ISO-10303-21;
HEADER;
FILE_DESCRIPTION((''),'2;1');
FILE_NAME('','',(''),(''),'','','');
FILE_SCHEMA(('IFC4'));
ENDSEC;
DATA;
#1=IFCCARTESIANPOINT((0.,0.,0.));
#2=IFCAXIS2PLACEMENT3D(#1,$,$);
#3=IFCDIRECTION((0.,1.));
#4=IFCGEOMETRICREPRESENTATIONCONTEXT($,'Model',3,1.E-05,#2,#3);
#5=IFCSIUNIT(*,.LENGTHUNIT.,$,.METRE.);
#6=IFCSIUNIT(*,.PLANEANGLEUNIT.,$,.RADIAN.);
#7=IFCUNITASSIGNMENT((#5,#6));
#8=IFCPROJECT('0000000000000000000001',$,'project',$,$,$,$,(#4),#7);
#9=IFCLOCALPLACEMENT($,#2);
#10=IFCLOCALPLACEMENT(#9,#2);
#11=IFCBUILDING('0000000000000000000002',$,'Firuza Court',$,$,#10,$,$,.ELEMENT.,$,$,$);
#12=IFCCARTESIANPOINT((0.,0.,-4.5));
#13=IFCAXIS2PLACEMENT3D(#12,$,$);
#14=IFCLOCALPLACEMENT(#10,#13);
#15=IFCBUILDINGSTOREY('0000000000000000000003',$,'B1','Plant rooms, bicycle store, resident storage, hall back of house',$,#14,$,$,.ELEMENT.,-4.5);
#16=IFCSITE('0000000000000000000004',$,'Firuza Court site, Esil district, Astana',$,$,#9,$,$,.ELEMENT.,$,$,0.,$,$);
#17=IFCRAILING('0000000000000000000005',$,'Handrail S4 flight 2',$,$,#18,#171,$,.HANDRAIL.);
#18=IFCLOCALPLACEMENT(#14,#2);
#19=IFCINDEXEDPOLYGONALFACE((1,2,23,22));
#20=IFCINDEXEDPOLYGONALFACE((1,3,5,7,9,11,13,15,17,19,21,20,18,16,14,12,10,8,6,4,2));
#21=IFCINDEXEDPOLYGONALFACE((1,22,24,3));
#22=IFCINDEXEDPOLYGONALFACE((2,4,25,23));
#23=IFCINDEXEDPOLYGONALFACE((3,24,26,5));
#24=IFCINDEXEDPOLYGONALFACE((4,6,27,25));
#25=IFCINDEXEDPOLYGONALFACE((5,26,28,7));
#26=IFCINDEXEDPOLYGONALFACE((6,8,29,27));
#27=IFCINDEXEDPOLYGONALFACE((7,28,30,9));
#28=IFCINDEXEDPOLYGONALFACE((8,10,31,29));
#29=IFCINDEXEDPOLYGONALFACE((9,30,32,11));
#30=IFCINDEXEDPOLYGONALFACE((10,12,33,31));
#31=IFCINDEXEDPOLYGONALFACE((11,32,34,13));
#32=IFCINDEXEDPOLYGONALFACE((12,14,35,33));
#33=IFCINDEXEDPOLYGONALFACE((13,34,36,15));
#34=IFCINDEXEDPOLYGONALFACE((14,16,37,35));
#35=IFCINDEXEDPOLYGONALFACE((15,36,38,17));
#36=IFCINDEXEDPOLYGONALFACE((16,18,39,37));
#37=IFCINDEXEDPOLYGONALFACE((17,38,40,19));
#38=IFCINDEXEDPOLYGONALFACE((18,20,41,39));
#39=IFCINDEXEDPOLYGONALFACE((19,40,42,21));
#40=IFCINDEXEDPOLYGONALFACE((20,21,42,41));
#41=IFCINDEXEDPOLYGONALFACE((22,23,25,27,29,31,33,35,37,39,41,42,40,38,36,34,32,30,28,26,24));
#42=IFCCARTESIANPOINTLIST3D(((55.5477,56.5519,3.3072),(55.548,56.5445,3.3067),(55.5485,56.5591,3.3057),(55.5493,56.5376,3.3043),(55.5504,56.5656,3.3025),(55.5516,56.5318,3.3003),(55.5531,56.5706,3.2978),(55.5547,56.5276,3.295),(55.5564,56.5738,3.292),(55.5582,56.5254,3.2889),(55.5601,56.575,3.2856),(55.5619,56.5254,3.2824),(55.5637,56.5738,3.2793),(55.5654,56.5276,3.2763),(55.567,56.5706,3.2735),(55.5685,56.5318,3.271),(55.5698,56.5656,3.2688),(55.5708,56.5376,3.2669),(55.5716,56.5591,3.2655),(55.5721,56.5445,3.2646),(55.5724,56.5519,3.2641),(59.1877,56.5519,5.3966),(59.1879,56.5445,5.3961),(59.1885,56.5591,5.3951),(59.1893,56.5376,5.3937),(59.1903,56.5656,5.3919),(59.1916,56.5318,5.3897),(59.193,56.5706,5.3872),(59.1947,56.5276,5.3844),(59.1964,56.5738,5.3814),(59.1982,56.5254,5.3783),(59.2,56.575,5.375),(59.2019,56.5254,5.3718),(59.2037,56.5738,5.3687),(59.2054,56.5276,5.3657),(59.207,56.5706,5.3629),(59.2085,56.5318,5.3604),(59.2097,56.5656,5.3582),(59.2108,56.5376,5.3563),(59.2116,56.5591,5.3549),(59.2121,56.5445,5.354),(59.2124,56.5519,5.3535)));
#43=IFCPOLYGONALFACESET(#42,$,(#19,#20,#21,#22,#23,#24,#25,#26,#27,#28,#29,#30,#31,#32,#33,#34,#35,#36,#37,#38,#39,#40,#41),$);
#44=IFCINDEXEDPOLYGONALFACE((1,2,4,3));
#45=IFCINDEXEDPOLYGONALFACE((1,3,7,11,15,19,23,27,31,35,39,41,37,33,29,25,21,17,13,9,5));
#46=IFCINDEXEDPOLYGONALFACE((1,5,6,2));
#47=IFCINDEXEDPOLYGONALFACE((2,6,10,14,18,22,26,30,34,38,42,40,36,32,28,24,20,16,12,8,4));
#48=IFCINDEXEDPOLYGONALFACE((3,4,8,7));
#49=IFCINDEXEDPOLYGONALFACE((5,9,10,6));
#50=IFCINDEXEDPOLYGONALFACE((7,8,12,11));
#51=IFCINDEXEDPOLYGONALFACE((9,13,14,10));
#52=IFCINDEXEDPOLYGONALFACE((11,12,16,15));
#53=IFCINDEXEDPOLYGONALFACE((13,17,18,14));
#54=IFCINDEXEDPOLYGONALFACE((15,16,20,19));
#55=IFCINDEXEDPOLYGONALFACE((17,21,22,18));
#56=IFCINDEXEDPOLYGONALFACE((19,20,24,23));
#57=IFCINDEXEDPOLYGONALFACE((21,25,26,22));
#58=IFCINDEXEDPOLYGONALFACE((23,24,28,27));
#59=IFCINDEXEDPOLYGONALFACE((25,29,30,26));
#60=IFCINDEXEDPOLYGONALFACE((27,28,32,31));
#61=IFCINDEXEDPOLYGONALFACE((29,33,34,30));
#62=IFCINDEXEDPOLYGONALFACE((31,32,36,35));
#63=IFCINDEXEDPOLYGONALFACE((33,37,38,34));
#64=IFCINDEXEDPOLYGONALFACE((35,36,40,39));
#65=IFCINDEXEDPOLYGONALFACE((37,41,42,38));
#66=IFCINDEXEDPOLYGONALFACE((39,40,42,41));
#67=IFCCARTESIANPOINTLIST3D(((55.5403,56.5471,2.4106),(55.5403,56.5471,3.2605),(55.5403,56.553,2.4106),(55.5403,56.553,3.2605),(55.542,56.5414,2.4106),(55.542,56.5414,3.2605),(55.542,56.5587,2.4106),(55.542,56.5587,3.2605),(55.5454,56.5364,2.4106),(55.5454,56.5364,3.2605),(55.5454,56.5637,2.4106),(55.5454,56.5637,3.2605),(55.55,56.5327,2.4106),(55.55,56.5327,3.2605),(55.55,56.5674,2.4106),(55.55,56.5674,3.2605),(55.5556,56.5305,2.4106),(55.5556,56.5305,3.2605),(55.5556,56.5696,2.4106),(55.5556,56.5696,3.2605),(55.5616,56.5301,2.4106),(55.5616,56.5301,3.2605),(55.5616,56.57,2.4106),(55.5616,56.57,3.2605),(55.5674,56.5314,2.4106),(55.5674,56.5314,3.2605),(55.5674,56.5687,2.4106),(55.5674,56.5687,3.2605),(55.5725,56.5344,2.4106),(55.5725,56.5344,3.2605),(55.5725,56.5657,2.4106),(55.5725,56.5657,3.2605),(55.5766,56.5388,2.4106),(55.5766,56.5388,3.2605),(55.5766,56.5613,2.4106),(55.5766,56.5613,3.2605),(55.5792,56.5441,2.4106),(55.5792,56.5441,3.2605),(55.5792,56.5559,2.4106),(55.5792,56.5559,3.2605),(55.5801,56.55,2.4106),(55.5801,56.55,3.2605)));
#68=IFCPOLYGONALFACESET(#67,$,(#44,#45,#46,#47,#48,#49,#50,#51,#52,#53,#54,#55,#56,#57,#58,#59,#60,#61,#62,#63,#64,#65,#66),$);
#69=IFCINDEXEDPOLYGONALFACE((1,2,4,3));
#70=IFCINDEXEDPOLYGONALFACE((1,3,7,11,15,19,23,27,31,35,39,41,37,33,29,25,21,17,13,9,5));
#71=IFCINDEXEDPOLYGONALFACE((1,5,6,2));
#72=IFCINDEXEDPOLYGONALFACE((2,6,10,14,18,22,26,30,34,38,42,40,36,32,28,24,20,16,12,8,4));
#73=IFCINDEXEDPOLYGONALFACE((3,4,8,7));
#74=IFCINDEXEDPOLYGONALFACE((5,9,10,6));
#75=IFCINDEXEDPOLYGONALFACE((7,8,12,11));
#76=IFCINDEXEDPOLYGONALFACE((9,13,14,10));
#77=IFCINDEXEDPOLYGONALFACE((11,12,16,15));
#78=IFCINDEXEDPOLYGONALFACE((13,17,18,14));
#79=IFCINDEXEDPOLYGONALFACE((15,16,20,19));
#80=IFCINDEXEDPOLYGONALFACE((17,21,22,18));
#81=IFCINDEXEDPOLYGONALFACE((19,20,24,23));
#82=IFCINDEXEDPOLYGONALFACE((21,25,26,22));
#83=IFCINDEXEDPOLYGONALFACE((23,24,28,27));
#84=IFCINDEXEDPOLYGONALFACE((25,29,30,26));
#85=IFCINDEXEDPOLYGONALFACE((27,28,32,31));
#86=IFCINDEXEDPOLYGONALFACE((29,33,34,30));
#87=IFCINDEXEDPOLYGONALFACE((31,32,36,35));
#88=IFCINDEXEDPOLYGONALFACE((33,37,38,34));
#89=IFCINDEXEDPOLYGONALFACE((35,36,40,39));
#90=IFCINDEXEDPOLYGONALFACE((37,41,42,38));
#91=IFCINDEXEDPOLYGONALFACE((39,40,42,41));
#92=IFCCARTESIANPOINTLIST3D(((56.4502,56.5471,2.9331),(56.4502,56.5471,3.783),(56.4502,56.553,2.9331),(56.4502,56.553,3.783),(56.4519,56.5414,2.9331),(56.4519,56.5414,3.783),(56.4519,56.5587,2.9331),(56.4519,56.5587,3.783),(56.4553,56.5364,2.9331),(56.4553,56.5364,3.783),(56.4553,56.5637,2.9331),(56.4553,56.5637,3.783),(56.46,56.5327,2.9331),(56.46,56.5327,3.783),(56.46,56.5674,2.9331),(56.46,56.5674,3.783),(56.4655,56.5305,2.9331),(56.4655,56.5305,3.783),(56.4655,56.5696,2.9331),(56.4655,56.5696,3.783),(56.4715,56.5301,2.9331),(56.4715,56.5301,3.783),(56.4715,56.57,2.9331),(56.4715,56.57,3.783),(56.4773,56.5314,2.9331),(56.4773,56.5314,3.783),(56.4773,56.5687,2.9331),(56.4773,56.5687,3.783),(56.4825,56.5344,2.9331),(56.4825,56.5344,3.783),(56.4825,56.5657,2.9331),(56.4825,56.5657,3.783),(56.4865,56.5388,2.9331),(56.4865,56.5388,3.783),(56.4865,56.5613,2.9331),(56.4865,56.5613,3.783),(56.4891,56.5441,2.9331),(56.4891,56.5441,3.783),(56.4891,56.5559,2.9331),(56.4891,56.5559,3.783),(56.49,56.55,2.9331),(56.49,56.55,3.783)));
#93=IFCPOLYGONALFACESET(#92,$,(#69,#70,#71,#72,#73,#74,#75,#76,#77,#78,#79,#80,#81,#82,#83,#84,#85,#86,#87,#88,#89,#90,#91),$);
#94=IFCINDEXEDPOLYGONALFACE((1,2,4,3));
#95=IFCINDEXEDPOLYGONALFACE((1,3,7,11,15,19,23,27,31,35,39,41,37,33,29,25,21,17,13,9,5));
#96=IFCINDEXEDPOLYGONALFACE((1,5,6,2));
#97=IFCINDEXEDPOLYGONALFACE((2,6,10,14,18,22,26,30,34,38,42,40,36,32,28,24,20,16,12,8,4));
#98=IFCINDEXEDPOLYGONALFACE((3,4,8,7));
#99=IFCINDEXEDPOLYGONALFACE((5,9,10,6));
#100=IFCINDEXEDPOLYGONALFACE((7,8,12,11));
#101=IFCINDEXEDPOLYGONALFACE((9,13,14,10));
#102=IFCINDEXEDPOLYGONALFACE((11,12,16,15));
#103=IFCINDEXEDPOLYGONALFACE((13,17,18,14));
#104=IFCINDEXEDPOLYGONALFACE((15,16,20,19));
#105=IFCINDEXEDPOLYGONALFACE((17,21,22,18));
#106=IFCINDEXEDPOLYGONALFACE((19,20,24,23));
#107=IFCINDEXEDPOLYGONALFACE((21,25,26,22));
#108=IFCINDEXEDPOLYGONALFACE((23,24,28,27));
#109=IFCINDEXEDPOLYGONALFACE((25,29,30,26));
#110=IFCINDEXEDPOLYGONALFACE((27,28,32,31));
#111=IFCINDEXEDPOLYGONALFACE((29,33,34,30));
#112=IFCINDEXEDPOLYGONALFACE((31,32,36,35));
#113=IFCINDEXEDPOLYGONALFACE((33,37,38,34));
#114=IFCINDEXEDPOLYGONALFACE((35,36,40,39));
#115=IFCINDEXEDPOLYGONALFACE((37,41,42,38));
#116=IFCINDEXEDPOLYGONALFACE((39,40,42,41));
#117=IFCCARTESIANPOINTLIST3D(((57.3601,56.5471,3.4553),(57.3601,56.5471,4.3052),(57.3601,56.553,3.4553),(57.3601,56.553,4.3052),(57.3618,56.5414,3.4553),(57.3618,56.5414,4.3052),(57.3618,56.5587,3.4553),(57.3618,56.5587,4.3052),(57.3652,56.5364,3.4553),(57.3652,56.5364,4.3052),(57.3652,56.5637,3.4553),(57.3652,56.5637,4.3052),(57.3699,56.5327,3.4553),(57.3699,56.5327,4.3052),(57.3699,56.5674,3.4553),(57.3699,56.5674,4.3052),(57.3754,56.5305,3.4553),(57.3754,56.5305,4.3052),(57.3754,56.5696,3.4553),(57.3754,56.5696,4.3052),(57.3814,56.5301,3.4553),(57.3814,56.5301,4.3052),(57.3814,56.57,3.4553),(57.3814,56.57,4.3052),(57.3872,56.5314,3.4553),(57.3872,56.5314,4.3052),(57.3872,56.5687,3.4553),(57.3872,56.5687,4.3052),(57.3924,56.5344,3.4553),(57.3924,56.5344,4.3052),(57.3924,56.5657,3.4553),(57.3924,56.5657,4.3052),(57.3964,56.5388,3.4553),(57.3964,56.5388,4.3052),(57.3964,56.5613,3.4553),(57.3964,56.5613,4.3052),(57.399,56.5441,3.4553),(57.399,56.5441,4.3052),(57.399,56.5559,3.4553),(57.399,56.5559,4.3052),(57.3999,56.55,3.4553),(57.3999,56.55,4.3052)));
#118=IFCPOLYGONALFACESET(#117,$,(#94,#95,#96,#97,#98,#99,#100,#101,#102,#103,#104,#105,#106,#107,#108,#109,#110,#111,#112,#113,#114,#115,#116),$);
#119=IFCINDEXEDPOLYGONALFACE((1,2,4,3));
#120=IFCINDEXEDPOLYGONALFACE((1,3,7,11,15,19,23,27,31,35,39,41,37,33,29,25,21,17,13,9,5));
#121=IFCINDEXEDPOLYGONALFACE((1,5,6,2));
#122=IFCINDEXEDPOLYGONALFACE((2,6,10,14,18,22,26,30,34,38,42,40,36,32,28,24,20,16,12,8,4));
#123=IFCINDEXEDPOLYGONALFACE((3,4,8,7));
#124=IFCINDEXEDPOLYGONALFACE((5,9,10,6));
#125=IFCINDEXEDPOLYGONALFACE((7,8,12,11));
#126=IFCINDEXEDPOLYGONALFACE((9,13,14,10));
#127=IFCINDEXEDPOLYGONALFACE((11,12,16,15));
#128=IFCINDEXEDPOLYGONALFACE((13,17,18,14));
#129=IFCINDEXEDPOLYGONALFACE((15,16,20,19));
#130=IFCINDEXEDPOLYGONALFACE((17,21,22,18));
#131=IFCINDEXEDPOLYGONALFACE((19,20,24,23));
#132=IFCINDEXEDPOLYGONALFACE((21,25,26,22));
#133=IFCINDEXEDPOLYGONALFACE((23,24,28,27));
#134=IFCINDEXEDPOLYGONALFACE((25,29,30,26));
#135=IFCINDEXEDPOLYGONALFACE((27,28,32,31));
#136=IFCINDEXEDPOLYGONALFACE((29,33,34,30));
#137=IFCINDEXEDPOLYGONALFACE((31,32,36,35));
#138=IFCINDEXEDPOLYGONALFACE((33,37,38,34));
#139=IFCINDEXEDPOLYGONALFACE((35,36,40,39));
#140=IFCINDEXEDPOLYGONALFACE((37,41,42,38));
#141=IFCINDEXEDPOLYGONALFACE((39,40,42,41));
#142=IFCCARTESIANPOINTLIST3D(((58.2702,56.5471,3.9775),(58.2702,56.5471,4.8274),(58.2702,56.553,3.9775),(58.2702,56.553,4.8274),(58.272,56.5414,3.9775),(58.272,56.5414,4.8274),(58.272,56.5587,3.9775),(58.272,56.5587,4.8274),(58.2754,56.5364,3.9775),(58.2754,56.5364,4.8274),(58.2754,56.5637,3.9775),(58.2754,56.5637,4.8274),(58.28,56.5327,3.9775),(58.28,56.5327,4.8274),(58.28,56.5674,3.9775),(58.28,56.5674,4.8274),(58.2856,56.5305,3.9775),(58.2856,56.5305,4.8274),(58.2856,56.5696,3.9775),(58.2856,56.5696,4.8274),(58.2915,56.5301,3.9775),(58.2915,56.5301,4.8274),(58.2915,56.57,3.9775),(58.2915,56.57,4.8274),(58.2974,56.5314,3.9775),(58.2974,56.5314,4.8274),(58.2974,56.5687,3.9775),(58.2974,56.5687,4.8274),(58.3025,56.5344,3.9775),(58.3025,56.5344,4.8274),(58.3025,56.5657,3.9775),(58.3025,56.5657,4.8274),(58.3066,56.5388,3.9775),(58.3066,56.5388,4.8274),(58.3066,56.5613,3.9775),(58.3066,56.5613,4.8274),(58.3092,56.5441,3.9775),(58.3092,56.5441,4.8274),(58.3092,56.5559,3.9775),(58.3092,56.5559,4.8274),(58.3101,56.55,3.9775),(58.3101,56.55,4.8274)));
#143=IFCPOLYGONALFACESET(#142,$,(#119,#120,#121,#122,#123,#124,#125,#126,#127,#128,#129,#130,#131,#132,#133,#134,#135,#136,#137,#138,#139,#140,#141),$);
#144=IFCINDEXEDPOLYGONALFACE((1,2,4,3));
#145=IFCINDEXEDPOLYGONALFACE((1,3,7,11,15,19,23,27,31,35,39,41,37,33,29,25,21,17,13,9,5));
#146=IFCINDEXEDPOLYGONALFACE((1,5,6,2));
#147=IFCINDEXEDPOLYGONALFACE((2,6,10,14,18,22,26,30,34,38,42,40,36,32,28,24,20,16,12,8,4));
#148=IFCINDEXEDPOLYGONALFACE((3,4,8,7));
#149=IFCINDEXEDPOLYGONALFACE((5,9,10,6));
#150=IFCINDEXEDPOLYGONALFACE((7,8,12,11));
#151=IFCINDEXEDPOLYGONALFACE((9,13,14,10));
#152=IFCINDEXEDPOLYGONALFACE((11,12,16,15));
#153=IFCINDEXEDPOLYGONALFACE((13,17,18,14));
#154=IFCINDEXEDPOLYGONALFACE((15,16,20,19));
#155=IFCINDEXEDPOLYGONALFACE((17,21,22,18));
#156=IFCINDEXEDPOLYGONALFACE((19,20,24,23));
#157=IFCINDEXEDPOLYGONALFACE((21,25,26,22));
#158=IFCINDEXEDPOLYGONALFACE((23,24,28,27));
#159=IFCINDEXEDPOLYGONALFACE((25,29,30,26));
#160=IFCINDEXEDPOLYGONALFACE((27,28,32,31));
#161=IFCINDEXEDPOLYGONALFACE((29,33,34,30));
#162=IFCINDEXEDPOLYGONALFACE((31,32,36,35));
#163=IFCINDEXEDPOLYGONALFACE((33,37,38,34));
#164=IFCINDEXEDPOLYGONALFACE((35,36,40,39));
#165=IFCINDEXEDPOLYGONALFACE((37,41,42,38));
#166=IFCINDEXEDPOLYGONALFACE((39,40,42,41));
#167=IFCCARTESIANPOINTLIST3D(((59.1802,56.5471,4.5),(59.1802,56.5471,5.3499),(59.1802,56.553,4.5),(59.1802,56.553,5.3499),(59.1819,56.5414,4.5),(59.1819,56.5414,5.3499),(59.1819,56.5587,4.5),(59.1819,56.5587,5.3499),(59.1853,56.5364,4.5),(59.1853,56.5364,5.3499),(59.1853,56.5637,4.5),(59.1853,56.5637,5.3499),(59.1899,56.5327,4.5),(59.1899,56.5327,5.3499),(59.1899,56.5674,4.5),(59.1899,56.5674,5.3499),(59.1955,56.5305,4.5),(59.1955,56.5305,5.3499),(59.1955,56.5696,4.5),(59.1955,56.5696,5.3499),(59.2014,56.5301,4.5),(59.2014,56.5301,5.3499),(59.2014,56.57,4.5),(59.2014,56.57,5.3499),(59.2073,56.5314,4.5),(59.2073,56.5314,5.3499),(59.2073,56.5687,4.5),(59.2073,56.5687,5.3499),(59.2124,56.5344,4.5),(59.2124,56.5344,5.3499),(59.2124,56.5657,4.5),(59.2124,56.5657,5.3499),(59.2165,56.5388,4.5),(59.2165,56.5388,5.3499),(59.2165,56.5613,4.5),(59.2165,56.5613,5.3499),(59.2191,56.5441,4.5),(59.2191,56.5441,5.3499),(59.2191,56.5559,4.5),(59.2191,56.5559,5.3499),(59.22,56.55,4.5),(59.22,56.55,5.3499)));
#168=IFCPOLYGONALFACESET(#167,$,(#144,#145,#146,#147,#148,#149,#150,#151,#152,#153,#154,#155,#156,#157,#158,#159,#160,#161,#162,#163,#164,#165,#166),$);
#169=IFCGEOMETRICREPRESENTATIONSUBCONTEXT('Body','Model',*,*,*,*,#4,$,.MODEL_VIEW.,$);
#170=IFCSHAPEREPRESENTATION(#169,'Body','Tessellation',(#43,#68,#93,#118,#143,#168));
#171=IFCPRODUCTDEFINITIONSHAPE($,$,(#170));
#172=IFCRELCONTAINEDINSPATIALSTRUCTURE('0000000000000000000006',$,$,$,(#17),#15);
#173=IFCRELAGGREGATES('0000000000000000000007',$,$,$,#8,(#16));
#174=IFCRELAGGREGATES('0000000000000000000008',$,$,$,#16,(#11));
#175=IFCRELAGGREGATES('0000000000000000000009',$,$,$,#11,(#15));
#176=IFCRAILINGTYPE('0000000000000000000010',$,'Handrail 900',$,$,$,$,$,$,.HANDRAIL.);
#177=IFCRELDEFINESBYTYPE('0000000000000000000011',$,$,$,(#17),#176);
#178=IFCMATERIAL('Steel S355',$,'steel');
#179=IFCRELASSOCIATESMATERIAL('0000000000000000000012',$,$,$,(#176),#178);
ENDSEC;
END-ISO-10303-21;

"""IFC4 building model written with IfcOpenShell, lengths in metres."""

from ifc_helpers import new_model, si_unit, direction, frame, origin, origin_2d, place, context, subcontext, project, spatial, circle, extrude, material, type_object, element, save


model = new_model("IFC4")

# Units and contexts
model_context = context("Model", 3, precision=1e-05, world=origin(), true_north=direction((0.0, 1.0)))
body_context = subcontext(model_context, "Body", "Model", "MODEL_VIEW")
ifc_project = project(units=[si_unit("LENGTHUNIT", "METRE"), si_unit("PLANEANGLEUNIT", "RADIAN")], contexts=[model_context])

# Site, building, storey
site_placement = place(None, origin())
site = spatial("IfcSite", under=ifc_project, at=site_placement, Name="Firuza Court site, Esil district, Astana", CompositionType="ELEMENT", RefElevation=0.0)
building_placement = place(site_placement, origin())
building = spatial("IfcBuilding", under=site, at=building_placement, Name="Firuza Court", CompositionType="ELEMENT")
storey_placement = place(building_placement, frame((0.0, 0.0, -4.5)))
storey = spatial("IfcBuildingStorey", under=building, at=storey_placement, Name="B1", Description="Plant rooms, bicycle store, resident storage, hall back of house", CompositionType="ELEMENT", Elevation=-4.5)

# Railing
ifc_material_1 = material(Name="Steel S355", Category="steel")
railing_type_1 = type_object("IfcRailingType", Name="Handrail 900", PredefinedType="HANDRAIL", material=ifc_material_1)
railing_1_placement = place(storey_placement, frame((55.5601, 56.55, 2.4106)))
element("IfcRailing", 1, at=railing_1_placement, inside=storey, type_object=railing_type_1, Name="Handrail S4 flight 2", PredefinedType="HANDRAIL", context=body_context, shape_type="SweptSolid", body=[
    extrude(circle(Radius=0.0249, at=origin_2d()), frame((0.0, 0.0, 0.875), z_axis=(0.867275, 0.0, 0.497829), x_axis=(0.0, 1.0, 0.0)), (0.0, 0.0, 1.0), 4.197),
    extrude(circle(Radius=0.02, at=origin_2d()), origin(), (0.0, 0.0, 1.0), 0.8499),
    extrude(circle(Radius=0.02, at=origin_2d()), frame((0.9099, 0.0, 0.5225)), (0.0, 0.0, 1.0), 0.8499),
    extrude(circle(Radius=0.02, at=origin_2d()), frame((1.8198, 0.0, 1.0447)), (0.0, 0.0, 1.0), 0.8499),
    extrude(circle(Radius=0.02, at=origin_2d()), frame((2.73, 0.0, 1.5669)), (0.0, 0.0, 1.0), 0.8499),
    extrude(circle(Radius=0.02, at=origin_2d()), frame((3.6399, 0.0, 2.0894)), (0.0, 0.0, 1.0), 0.8499),
])

save(model, "model.ifc")
